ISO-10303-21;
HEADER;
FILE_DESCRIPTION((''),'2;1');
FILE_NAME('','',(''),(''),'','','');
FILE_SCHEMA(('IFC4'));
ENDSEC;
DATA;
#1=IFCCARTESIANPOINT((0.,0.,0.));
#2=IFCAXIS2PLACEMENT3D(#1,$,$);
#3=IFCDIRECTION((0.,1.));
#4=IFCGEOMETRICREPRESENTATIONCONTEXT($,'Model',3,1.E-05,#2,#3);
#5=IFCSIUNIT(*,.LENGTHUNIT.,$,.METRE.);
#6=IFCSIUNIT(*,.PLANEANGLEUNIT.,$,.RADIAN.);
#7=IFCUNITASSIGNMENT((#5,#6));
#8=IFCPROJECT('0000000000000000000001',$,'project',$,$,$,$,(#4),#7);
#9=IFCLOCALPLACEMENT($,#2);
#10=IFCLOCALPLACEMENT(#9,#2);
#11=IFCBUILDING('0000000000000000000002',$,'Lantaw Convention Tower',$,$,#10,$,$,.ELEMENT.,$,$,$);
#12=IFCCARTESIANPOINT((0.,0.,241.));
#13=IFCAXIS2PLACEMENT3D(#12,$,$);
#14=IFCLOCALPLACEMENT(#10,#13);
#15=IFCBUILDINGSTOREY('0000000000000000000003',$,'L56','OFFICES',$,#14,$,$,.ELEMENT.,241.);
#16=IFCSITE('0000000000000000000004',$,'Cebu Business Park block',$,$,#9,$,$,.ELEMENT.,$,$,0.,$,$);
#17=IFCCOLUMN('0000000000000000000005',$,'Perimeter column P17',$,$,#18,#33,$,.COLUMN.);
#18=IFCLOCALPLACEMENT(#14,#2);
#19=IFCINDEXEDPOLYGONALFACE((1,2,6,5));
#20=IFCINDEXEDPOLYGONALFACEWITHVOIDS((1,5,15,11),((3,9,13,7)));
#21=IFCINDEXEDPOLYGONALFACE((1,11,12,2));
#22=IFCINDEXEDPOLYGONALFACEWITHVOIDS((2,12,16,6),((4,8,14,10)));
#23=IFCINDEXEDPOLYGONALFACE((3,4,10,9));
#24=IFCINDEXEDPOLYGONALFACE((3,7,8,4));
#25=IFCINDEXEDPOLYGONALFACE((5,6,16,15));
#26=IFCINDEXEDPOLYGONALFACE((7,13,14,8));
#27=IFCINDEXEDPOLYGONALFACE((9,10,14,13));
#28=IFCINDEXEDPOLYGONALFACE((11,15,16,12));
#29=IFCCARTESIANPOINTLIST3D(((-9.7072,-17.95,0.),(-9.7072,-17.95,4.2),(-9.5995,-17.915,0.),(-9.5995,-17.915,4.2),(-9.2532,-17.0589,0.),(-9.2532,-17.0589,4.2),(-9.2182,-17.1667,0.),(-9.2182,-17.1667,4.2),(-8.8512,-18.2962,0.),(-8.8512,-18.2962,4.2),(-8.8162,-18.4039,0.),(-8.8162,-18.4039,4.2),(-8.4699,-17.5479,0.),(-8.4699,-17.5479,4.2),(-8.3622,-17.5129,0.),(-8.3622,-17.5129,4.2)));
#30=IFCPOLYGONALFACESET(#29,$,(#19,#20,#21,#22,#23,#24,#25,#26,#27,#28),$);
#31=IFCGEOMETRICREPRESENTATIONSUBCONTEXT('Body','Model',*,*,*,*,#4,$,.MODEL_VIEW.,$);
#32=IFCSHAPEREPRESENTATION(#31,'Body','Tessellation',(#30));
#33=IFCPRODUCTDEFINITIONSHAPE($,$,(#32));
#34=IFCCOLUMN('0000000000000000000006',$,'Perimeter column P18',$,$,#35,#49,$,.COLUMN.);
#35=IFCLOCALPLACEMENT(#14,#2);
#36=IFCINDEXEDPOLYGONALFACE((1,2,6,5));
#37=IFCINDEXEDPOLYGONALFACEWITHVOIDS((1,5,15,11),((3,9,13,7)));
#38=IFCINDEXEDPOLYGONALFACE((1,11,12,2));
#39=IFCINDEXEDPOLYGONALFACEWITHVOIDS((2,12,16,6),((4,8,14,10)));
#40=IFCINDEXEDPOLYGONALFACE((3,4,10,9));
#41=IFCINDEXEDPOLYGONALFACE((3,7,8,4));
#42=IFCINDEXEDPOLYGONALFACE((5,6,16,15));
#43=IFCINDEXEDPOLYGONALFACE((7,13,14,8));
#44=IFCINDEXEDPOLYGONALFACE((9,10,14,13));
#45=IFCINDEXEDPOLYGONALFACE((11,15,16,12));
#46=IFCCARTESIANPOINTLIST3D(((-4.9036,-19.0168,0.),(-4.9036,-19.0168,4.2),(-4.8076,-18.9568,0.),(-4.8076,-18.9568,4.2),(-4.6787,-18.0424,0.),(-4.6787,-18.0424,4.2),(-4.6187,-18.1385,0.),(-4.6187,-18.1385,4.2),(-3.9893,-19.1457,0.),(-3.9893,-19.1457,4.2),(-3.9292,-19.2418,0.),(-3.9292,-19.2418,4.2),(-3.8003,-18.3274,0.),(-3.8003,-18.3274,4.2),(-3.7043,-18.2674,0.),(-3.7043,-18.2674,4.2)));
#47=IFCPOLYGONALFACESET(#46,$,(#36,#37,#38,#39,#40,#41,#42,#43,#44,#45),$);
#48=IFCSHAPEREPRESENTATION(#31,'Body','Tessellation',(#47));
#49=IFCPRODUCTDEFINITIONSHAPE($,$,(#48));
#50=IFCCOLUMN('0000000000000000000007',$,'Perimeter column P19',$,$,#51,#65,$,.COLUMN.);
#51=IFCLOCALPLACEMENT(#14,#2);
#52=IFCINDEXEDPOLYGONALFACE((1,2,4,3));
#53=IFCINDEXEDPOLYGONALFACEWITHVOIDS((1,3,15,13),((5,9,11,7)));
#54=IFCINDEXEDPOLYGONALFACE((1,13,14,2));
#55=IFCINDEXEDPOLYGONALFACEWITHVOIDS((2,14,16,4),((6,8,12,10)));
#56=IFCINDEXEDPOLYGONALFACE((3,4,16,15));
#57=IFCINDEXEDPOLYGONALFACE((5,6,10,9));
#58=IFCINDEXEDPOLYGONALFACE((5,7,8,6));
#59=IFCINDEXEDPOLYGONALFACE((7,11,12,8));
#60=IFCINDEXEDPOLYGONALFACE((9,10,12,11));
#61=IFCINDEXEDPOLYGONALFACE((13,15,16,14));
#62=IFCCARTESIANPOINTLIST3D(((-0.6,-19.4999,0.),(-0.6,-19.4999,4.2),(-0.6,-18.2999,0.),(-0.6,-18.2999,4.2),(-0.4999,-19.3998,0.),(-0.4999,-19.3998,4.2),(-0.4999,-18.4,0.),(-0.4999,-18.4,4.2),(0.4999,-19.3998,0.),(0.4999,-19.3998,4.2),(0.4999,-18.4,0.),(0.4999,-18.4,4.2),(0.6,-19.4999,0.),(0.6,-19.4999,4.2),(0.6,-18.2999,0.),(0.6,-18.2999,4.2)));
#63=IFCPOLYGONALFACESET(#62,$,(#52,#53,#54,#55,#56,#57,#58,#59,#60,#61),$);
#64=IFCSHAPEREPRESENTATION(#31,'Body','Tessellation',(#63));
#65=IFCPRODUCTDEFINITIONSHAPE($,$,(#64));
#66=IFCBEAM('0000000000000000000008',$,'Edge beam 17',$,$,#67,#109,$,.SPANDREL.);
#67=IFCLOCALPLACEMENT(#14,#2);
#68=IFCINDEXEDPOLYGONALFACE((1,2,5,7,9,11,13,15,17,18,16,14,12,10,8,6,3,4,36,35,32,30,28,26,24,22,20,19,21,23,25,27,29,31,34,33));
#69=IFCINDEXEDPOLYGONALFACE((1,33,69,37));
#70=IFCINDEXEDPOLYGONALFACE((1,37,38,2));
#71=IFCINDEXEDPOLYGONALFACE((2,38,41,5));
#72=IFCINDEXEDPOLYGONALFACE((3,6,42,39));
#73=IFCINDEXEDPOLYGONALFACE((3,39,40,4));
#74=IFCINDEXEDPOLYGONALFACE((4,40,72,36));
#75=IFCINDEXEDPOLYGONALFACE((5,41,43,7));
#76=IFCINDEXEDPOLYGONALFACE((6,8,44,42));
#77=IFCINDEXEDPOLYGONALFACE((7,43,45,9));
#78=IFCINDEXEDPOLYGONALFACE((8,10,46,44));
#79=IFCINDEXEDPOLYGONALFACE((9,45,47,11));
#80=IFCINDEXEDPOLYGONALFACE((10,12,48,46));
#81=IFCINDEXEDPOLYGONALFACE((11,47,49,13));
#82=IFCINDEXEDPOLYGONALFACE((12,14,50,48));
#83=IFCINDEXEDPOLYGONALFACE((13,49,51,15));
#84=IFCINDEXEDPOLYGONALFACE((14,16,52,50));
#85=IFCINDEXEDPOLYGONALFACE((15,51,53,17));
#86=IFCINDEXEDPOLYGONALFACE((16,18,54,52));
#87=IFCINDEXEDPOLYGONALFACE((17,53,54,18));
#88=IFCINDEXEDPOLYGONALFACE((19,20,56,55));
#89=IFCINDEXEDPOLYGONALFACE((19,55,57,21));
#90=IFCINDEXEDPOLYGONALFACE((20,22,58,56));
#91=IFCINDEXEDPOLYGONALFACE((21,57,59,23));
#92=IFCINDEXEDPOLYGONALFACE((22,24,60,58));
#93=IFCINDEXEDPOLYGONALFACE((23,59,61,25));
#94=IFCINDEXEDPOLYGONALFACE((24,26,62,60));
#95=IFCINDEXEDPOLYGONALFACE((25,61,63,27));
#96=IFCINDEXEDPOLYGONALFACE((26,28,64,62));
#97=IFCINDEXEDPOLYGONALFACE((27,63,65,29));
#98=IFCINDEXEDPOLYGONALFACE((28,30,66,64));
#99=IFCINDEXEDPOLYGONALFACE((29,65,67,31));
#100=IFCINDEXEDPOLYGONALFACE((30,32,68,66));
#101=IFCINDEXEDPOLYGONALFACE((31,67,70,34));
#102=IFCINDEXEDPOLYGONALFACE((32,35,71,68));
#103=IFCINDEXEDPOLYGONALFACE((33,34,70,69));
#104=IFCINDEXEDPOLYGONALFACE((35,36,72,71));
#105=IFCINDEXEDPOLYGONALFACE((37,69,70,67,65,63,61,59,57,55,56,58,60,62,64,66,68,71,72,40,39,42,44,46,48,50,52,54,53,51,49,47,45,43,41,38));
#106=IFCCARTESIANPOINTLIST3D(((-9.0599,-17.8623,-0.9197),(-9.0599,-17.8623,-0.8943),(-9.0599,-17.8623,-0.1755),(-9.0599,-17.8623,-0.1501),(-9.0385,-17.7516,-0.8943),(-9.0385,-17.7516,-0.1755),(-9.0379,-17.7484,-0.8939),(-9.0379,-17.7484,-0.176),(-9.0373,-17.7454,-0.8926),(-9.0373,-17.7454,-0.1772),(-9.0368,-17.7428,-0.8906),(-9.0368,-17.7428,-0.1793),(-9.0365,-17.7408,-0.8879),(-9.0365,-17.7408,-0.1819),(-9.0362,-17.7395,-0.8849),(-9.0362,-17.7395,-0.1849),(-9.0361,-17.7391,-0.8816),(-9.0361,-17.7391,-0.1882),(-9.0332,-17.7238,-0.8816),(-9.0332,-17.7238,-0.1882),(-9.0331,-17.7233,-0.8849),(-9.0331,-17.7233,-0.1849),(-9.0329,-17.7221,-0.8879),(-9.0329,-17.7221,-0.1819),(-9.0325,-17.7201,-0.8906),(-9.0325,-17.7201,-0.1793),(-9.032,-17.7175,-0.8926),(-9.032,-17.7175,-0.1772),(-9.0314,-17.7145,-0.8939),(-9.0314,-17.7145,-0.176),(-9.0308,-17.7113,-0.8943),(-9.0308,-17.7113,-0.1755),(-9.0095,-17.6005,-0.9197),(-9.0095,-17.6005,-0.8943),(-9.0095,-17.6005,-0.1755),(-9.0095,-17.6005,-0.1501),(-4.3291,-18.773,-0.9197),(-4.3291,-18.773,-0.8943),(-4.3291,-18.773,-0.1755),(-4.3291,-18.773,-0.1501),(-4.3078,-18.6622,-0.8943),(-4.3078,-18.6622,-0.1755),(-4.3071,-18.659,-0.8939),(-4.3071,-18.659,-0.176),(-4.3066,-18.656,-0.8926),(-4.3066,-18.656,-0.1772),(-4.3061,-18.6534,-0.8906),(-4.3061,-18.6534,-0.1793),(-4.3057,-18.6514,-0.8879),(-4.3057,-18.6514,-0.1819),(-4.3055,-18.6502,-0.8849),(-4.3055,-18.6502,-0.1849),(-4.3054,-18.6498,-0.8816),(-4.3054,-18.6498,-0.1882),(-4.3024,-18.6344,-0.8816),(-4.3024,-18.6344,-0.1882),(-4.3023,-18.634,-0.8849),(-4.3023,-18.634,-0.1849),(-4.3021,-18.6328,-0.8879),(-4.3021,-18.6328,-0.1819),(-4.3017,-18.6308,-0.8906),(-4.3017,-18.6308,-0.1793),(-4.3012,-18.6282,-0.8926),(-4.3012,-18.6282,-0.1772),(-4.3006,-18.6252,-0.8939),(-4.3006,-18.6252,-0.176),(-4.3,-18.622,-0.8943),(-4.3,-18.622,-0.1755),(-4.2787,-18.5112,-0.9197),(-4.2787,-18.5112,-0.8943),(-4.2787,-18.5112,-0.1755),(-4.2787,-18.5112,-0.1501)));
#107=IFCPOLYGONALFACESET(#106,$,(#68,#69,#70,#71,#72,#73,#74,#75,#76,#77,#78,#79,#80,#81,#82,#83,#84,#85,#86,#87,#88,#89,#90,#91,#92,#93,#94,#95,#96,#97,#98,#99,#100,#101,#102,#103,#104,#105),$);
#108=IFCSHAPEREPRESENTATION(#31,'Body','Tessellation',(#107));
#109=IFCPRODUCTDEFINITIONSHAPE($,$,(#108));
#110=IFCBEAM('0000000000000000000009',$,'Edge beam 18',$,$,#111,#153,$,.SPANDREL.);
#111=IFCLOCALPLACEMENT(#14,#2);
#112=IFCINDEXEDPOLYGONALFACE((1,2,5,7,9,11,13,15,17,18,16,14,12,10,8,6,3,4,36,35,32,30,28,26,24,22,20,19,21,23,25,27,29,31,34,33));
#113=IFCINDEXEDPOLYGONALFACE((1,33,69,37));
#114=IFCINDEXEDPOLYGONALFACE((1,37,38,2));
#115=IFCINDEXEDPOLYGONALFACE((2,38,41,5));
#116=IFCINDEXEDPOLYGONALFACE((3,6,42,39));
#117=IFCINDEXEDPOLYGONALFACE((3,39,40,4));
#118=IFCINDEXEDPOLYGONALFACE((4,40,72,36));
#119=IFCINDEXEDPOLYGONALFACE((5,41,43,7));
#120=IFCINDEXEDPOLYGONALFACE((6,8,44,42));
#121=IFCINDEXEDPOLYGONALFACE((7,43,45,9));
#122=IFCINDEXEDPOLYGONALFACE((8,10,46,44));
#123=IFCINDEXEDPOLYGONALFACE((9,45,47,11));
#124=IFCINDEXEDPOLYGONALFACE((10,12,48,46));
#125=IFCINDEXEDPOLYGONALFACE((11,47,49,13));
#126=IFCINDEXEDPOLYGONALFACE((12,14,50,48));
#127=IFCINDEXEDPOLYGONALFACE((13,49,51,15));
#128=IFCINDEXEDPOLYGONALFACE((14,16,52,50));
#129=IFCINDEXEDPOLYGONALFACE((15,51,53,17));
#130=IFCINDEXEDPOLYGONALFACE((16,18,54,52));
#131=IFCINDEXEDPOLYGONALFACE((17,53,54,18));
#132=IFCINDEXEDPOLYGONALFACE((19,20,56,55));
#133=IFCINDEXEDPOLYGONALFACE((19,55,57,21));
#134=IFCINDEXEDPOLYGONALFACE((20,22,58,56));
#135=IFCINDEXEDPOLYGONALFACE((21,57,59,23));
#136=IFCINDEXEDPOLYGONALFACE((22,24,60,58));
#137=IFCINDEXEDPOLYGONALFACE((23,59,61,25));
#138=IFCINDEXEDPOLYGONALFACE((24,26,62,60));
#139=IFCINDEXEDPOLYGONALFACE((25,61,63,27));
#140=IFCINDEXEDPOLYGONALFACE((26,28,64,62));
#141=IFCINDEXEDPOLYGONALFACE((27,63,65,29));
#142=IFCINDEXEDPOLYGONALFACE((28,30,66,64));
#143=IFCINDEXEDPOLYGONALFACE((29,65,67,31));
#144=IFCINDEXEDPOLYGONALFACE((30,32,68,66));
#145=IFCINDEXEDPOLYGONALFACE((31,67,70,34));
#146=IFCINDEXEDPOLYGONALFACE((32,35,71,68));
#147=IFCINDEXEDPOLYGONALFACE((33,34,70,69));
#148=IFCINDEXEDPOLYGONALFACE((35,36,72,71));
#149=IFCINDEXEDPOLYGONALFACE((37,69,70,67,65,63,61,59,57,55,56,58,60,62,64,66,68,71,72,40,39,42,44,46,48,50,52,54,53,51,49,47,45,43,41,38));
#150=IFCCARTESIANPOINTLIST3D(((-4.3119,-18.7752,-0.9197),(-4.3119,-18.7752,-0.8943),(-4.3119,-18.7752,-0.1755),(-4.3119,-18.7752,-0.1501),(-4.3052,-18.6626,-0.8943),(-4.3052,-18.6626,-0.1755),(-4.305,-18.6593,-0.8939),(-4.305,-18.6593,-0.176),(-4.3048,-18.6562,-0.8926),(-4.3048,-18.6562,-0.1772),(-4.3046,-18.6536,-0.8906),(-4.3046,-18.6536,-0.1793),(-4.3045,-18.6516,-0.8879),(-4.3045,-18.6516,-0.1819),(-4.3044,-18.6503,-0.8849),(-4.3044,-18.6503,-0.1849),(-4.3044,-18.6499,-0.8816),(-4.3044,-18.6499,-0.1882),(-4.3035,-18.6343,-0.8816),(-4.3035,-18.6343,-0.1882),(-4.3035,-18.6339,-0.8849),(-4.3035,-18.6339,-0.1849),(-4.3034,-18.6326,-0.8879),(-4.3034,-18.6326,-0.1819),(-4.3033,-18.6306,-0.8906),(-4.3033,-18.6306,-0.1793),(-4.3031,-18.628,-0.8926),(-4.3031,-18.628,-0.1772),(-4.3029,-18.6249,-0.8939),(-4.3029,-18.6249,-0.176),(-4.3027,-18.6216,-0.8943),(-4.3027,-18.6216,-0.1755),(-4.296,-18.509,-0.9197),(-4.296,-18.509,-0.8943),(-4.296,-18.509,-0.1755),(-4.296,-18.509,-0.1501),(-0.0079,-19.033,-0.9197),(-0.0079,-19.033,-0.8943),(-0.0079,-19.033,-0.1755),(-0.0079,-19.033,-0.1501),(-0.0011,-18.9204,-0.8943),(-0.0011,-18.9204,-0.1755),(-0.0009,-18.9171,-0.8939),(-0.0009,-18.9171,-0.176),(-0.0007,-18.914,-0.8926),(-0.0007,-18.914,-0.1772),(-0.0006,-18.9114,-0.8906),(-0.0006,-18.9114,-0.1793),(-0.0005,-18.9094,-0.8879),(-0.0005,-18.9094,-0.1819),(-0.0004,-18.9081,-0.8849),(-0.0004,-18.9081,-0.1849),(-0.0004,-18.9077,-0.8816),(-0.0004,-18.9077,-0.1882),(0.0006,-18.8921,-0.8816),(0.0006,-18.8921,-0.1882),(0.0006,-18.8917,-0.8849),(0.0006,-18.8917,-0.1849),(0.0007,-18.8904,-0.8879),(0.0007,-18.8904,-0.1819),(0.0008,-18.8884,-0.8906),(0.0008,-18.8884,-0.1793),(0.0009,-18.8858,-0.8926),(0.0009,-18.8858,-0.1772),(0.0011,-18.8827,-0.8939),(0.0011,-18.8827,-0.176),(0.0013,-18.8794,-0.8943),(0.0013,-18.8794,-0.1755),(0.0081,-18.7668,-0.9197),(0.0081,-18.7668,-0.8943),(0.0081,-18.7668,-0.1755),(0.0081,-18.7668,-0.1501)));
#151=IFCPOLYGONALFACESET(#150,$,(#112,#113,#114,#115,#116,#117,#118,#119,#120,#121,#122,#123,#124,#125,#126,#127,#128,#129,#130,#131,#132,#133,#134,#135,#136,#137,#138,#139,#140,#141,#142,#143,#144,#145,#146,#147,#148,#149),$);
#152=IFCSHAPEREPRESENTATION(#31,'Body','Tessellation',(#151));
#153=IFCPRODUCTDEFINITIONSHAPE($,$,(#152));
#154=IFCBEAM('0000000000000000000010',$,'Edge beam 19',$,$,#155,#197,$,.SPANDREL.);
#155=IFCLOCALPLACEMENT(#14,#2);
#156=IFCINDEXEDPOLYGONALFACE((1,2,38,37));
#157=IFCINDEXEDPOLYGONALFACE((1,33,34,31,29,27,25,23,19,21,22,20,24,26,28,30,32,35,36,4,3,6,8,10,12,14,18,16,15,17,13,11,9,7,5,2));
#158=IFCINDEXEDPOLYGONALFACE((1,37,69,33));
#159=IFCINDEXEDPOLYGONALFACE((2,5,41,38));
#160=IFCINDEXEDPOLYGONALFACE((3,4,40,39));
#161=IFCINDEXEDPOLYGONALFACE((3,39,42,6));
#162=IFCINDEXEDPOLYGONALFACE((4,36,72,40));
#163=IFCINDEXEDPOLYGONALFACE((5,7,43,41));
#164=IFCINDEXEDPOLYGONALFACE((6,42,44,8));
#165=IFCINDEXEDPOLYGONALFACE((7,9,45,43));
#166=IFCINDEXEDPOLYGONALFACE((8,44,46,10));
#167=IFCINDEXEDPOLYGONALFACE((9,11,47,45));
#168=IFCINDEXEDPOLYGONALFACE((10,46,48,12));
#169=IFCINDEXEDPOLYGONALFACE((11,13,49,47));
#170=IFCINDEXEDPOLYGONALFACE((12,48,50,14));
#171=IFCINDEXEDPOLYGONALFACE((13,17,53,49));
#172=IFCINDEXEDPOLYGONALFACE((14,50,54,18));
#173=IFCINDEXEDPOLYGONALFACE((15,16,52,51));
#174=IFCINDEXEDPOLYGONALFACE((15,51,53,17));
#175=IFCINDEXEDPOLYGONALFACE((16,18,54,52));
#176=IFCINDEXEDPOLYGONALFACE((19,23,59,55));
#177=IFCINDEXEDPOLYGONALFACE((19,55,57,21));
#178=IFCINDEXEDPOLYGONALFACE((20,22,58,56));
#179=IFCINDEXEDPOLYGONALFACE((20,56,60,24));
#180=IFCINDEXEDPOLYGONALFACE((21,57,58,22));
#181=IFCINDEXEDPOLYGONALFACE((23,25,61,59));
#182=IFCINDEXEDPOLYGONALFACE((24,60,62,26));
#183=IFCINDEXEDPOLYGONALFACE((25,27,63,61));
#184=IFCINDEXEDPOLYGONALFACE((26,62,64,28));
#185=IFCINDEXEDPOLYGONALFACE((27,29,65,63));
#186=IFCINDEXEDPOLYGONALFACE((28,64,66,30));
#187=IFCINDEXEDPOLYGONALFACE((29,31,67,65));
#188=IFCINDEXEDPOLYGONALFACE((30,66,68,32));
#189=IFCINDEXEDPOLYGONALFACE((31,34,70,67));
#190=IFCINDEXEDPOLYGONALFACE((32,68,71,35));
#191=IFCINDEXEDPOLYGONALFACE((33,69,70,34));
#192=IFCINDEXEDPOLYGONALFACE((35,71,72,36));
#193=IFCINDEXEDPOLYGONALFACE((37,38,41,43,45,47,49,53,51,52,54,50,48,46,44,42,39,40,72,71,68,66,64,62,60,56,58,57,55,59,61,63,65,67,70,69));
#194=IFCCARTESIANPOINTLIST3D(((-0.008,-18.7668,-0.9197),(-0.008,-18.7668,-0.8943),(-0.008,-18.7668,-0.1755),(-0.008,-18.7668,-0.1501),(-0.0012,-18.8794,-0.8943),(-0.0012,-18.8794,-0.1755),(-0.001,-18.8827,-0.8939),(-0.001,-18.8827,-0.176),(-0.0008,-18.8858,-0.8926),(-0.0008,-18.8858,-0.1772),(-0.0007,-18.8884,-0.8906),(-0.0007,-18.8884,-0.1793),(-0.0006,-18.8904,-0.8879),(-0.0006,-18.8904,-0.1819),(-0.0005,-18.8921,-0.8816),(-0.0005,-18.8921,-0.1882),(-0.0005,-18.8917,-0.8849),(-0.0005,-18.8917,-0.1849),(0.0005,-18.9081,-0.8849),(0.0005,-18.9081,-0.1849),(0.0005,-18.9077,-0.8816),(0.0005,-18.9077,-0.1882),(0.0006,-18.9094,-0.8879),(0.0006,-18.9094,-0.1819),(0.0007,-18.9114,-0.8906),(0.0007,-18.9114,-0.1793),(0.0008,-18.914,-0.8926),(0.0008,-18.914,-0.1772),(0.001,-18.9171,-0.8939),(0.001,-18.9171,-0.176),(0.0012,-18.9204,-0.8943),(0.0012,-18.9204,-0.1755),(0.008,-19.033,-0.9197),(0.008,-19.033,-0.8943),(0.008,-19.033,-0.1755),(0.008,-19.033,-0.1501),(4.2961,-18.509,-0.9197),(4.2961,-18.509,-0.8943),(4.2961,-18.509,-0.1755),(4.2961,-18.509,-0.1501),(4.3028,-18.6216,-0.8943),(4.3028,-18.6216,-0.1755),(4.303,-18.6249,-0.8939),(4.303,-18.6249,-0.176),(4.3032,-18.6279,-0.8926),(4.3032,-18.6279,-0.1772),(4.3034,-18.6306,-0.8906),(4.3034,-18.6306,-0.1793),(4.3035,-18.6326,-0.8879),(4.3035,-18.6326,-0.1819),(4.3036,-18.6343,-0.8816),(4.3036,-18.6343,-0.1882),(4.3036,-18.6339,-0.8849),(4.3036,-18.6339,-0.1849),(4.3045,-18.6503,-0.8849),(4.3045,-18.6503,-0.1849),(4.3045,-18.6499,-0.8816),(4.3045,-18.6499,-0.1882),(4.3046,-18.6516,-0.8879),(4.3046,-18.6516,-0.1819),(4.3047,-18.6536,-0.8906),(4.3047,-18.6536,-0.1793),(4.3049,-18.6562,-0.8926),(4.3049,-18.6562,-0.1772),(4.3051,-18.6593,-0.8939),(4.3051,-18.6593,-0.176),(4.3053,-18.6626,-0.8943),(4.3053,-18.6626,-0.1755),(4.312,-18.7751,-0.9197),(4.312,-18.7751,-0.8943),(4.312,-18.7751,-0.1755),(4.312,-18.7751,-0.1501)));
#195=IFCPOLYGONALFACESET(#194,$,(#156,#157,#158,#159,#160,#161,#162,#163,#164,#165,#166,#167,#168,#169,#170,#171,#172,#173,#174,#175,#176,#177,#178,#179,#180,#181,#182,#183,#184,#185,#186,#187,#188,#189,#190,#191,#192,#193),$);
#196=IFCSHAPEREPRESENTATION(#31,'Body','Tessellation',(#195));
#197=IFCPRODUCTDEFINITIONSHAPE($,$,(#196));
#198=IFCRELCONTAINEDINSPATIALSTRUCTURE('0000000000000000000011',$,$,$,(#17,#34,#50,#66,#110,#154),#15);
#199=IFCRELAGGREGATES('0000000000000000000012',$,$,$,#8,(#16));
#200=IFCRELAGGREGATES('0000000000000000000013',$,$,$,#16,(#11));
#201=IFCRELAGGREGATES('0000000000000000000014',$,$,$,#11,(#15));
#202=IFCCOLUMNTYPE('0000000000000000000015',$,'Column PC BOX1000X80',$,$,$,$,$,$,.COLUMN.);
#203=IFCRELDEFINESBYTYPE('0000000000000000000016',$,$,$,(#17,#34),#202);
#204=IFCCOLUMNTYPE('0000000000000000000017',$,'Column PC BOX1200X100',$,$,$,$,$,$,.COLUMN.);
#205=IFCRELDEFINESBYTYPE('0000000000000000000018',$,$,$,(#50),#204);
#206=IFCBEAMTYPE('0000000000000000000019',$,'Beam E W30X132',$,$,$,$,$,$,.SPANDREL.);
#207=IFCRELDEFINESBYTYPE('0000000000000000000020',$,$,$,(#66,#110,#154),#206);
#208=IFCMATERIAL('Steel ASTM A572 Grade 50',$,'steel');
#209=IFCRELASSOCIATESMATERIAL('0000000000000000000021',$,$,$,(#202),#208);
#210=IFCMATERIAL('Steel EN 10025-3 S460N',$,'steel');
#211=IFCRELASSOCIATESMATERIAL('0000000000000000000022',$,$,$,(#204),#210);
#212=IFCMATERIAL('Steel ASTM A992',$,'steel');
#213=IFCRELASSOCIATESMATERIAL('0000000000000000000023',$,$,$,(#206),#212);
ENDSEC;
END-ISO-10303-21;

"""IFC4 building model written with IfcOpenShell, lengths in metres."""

from ifc_helpers import new_model, si_unit, direction, frame, origin, origin_2d, place, context, subcontext, project, spatial, rectangle, hollow_rectangle, i_section, extrude, material, material_profile, profile_set, type_object, element, save


model = new_model("IFC4")

# Units and contexts
model_context = context("Model", 3, precision=1e-05, world=origin(), true_north=direction((0.0, 1.0)))
body_context = subcontext(model_context, "Body", "Model", "MODEL_VIEW")
ifc_project = project(units=[si_unit("LENGTHUNIT", "METRE"), si_unit("PLANEANGLEUNIT", "RADIAN")], contexts=[model_context])

# Site, building, storey
site_placement = place(None, origin())
site = spatial("IfcSite", under=ifc_project, at=site_placement, Name="Cebu Business Park block", CompositionType="ELEMENT", RefElevation=0.0)
building_placement = place(site_placement, origin())
building = spatial("IfcBuilding", under=site, at=building_placement, Name="Lantaw Convention Tower", CompositionType="ELEMENT")
storey_placement = place(building_placement, frame((0.0, 0.0, 241.0)))
storey = spatial("IfcBuildingStorey", under=building, at=storey_placement, Name="L56", Description="OFFICES", CompositionType="ELEMENT", Elevation=241.0)

# Columns
ifc_material_1 = material(Name="Steel ASTM A572 Grade 50", Category="steel")
ifc_material_profile_1 = material_profile(ifc_material_1, hollow_rectangle(XDim=1.0, YDim=1.0, WallThickness=0.0801, at=origin_2d()), Name="BOX1000X80")
ifc_material_2 = material(Name="Concrete C60/75", Category="concrete")
ifc_material_profile_2 = material_profile(ifc_material_2, rectangle(XDim=0.8401, YDim=0.8401, at=origin_2d()), Name="Concrete fill of BOX1000X80")
ifc_profile_set_1 = profile_set([ifc_material_profile_1, ifc_material_profile_2], Name="Steel ASTM A572 Grade 50")
column_type_1 = type_object("IfcColumnType", Name="Column PC BOX1000X80", PredefinedType="COLUMN", material=ifc_profile_set_1)
for number, where, z_axis, x_axis, name in (
    (1, (-9.0347, -17.7314, 0.0), (0.0, 0.0, 1.0), (0.45399, 0.891007, 0.0), "Perimeter column P17"),
    (2, (-4.304, -18.6421, 0.0), (0.0, 0.0, 1.0), (0.224951, 0.97437, 0.0), "Perimeter column P18"),
):
    element("IfcColumn", number, at=place(storey_placement, frame(where, z_axis=z_axis, x_axis=x_axis)), inside=storey, type_object=column_type_1, Name=name, PredefinedType="COLUMN", context=body_context, shape_type="SweptSolid", body=[
        extrude(hollow_rectangle(XDim=1.0, YDim=1.0, WallThickness=0.0801, at=origin_2d()), origin(), (0.0, 0.0, 1.0), 4.2),
    ])
ifc_material_3 = material(Name="Steel EN 10025-3 S460N", Category="steel")
ifc_material_profile_3 = material_profile(ifc_material_3, hollow_rectangle(XDim=1.2, YDim=1.2, WallThickness=0.1001, at=origin_2d()), Name="BOX1200X100")
ifc_material_profile_4 = material_profile(ifc_material_2, rectangle(XDim=1.0, YDim=1.0, at=origin_2d()), Name="Concrete fill of BOX1200X100")
ifc_profile_set_2 = profile_set([ifc_material_profile_3, ifc_material_profile_4], Name="Steel EN 10025-3 S460N")
column_type_2 = type_object("IfcColumnType", Name="Column PC BOX1200X100", PredefinedType="COLUMN", material=ifc_profile_set_2)
column_placement = place(storey_placement, frame((0.0, -18.8999, 0.0), z_axis=(0.0, 0.0, 1.0), x_axis=(1.0, 0.0, 0.0)))
element("IfcColumn", 3, at=column_placement, inside=storey, type_object=column_type_2, Name="Perimeter column P19", PredefinedType="COLUMN", context=body_context, shape_type="SweptSolid", body=[
    extrude(hollow_rectangle(XDim=1.2, YDim=1.2, WallThickness=0.1001, at=origin_2d()), origin(), (0.0, 0.0, 1.0), 4.2),
])

# Beams
ifc_material_4 = material(Name="Steel ASTM A992", Category="steel")
ifc_material_profile_5 = material_profile(ifc_material_4, i_section(OverallWidth=0.2666, OverallDepth=0.7695, WebThickness=0.0156, FlangeThickness=0.0254, FilletRadius=0.0127, at=origin_2d()), Name="W30X132")
ifc_profile_set_3 = profile_set([ifc_material_profile_5], Name="Steel ASTM A992")
beam_type_1 = type_object("IfcBeamType", Name="Beam E W30X132", PredefinedType="SPANDREL", material=ifc_profile_set_3)
beam_1_placement = place(storey_placement, frame((-9.0347, -17.7314, -0.5349), z_axis=(0.981972, -0.189026, 0.0), x_axis=(0.189026, 0.981972, 0.0)))
element("IfcBeam", 4, at=beam_1_placement, inside=storey, type_object=beam_type_1, Name="Edge beam 17", PredefinedType="SPANDREL", context=body_context, shape_type="SweptSolid", body=[
    extrude(i_section(OverallWidth=0.2666, OverallDepth=0.7695, WebThickness=0.0156, FlangeThickness=0.0254, FilletRadius=0.0127, at=origin_2d()), origin(), (0.0, 0.0, 1.0), 4.8176),
])
for number, where, z_axis, x_axis, name in (
    (5, (-4.304, -18.6421, -0.5349), (0.998211, -0.059794, 0.0), (0.059794, 0.998211, 0.0), "Edge beam 18"),
    (6, (0.0, -18.8999, -0.5349), (0.998211, 0.059794, 0.0), (-0.059794, 0.998211, 0.0), "Edge beam 19"),
):
    element("IfcBeam", number, at=place(storey_placement, frame(where, z_axis=z_axis, x_axis=x_axis)), inside=storey, type_object=beam_type_1, Name=name, PredefinedType="SPANDREL", context=body_context, shape_type="SweptSolid", body=[
        extrude(i_section(OverallWidth=0.2666, OverallDepth=0.7695, WebThickness=0.0156, FlangeThickness=0.0254, FilletRadius=0.0127, at=origin_2d()), origin(), (0.0, 0.0, 1.0), 4.3118),
    ])

save(model, "model.ifc")
